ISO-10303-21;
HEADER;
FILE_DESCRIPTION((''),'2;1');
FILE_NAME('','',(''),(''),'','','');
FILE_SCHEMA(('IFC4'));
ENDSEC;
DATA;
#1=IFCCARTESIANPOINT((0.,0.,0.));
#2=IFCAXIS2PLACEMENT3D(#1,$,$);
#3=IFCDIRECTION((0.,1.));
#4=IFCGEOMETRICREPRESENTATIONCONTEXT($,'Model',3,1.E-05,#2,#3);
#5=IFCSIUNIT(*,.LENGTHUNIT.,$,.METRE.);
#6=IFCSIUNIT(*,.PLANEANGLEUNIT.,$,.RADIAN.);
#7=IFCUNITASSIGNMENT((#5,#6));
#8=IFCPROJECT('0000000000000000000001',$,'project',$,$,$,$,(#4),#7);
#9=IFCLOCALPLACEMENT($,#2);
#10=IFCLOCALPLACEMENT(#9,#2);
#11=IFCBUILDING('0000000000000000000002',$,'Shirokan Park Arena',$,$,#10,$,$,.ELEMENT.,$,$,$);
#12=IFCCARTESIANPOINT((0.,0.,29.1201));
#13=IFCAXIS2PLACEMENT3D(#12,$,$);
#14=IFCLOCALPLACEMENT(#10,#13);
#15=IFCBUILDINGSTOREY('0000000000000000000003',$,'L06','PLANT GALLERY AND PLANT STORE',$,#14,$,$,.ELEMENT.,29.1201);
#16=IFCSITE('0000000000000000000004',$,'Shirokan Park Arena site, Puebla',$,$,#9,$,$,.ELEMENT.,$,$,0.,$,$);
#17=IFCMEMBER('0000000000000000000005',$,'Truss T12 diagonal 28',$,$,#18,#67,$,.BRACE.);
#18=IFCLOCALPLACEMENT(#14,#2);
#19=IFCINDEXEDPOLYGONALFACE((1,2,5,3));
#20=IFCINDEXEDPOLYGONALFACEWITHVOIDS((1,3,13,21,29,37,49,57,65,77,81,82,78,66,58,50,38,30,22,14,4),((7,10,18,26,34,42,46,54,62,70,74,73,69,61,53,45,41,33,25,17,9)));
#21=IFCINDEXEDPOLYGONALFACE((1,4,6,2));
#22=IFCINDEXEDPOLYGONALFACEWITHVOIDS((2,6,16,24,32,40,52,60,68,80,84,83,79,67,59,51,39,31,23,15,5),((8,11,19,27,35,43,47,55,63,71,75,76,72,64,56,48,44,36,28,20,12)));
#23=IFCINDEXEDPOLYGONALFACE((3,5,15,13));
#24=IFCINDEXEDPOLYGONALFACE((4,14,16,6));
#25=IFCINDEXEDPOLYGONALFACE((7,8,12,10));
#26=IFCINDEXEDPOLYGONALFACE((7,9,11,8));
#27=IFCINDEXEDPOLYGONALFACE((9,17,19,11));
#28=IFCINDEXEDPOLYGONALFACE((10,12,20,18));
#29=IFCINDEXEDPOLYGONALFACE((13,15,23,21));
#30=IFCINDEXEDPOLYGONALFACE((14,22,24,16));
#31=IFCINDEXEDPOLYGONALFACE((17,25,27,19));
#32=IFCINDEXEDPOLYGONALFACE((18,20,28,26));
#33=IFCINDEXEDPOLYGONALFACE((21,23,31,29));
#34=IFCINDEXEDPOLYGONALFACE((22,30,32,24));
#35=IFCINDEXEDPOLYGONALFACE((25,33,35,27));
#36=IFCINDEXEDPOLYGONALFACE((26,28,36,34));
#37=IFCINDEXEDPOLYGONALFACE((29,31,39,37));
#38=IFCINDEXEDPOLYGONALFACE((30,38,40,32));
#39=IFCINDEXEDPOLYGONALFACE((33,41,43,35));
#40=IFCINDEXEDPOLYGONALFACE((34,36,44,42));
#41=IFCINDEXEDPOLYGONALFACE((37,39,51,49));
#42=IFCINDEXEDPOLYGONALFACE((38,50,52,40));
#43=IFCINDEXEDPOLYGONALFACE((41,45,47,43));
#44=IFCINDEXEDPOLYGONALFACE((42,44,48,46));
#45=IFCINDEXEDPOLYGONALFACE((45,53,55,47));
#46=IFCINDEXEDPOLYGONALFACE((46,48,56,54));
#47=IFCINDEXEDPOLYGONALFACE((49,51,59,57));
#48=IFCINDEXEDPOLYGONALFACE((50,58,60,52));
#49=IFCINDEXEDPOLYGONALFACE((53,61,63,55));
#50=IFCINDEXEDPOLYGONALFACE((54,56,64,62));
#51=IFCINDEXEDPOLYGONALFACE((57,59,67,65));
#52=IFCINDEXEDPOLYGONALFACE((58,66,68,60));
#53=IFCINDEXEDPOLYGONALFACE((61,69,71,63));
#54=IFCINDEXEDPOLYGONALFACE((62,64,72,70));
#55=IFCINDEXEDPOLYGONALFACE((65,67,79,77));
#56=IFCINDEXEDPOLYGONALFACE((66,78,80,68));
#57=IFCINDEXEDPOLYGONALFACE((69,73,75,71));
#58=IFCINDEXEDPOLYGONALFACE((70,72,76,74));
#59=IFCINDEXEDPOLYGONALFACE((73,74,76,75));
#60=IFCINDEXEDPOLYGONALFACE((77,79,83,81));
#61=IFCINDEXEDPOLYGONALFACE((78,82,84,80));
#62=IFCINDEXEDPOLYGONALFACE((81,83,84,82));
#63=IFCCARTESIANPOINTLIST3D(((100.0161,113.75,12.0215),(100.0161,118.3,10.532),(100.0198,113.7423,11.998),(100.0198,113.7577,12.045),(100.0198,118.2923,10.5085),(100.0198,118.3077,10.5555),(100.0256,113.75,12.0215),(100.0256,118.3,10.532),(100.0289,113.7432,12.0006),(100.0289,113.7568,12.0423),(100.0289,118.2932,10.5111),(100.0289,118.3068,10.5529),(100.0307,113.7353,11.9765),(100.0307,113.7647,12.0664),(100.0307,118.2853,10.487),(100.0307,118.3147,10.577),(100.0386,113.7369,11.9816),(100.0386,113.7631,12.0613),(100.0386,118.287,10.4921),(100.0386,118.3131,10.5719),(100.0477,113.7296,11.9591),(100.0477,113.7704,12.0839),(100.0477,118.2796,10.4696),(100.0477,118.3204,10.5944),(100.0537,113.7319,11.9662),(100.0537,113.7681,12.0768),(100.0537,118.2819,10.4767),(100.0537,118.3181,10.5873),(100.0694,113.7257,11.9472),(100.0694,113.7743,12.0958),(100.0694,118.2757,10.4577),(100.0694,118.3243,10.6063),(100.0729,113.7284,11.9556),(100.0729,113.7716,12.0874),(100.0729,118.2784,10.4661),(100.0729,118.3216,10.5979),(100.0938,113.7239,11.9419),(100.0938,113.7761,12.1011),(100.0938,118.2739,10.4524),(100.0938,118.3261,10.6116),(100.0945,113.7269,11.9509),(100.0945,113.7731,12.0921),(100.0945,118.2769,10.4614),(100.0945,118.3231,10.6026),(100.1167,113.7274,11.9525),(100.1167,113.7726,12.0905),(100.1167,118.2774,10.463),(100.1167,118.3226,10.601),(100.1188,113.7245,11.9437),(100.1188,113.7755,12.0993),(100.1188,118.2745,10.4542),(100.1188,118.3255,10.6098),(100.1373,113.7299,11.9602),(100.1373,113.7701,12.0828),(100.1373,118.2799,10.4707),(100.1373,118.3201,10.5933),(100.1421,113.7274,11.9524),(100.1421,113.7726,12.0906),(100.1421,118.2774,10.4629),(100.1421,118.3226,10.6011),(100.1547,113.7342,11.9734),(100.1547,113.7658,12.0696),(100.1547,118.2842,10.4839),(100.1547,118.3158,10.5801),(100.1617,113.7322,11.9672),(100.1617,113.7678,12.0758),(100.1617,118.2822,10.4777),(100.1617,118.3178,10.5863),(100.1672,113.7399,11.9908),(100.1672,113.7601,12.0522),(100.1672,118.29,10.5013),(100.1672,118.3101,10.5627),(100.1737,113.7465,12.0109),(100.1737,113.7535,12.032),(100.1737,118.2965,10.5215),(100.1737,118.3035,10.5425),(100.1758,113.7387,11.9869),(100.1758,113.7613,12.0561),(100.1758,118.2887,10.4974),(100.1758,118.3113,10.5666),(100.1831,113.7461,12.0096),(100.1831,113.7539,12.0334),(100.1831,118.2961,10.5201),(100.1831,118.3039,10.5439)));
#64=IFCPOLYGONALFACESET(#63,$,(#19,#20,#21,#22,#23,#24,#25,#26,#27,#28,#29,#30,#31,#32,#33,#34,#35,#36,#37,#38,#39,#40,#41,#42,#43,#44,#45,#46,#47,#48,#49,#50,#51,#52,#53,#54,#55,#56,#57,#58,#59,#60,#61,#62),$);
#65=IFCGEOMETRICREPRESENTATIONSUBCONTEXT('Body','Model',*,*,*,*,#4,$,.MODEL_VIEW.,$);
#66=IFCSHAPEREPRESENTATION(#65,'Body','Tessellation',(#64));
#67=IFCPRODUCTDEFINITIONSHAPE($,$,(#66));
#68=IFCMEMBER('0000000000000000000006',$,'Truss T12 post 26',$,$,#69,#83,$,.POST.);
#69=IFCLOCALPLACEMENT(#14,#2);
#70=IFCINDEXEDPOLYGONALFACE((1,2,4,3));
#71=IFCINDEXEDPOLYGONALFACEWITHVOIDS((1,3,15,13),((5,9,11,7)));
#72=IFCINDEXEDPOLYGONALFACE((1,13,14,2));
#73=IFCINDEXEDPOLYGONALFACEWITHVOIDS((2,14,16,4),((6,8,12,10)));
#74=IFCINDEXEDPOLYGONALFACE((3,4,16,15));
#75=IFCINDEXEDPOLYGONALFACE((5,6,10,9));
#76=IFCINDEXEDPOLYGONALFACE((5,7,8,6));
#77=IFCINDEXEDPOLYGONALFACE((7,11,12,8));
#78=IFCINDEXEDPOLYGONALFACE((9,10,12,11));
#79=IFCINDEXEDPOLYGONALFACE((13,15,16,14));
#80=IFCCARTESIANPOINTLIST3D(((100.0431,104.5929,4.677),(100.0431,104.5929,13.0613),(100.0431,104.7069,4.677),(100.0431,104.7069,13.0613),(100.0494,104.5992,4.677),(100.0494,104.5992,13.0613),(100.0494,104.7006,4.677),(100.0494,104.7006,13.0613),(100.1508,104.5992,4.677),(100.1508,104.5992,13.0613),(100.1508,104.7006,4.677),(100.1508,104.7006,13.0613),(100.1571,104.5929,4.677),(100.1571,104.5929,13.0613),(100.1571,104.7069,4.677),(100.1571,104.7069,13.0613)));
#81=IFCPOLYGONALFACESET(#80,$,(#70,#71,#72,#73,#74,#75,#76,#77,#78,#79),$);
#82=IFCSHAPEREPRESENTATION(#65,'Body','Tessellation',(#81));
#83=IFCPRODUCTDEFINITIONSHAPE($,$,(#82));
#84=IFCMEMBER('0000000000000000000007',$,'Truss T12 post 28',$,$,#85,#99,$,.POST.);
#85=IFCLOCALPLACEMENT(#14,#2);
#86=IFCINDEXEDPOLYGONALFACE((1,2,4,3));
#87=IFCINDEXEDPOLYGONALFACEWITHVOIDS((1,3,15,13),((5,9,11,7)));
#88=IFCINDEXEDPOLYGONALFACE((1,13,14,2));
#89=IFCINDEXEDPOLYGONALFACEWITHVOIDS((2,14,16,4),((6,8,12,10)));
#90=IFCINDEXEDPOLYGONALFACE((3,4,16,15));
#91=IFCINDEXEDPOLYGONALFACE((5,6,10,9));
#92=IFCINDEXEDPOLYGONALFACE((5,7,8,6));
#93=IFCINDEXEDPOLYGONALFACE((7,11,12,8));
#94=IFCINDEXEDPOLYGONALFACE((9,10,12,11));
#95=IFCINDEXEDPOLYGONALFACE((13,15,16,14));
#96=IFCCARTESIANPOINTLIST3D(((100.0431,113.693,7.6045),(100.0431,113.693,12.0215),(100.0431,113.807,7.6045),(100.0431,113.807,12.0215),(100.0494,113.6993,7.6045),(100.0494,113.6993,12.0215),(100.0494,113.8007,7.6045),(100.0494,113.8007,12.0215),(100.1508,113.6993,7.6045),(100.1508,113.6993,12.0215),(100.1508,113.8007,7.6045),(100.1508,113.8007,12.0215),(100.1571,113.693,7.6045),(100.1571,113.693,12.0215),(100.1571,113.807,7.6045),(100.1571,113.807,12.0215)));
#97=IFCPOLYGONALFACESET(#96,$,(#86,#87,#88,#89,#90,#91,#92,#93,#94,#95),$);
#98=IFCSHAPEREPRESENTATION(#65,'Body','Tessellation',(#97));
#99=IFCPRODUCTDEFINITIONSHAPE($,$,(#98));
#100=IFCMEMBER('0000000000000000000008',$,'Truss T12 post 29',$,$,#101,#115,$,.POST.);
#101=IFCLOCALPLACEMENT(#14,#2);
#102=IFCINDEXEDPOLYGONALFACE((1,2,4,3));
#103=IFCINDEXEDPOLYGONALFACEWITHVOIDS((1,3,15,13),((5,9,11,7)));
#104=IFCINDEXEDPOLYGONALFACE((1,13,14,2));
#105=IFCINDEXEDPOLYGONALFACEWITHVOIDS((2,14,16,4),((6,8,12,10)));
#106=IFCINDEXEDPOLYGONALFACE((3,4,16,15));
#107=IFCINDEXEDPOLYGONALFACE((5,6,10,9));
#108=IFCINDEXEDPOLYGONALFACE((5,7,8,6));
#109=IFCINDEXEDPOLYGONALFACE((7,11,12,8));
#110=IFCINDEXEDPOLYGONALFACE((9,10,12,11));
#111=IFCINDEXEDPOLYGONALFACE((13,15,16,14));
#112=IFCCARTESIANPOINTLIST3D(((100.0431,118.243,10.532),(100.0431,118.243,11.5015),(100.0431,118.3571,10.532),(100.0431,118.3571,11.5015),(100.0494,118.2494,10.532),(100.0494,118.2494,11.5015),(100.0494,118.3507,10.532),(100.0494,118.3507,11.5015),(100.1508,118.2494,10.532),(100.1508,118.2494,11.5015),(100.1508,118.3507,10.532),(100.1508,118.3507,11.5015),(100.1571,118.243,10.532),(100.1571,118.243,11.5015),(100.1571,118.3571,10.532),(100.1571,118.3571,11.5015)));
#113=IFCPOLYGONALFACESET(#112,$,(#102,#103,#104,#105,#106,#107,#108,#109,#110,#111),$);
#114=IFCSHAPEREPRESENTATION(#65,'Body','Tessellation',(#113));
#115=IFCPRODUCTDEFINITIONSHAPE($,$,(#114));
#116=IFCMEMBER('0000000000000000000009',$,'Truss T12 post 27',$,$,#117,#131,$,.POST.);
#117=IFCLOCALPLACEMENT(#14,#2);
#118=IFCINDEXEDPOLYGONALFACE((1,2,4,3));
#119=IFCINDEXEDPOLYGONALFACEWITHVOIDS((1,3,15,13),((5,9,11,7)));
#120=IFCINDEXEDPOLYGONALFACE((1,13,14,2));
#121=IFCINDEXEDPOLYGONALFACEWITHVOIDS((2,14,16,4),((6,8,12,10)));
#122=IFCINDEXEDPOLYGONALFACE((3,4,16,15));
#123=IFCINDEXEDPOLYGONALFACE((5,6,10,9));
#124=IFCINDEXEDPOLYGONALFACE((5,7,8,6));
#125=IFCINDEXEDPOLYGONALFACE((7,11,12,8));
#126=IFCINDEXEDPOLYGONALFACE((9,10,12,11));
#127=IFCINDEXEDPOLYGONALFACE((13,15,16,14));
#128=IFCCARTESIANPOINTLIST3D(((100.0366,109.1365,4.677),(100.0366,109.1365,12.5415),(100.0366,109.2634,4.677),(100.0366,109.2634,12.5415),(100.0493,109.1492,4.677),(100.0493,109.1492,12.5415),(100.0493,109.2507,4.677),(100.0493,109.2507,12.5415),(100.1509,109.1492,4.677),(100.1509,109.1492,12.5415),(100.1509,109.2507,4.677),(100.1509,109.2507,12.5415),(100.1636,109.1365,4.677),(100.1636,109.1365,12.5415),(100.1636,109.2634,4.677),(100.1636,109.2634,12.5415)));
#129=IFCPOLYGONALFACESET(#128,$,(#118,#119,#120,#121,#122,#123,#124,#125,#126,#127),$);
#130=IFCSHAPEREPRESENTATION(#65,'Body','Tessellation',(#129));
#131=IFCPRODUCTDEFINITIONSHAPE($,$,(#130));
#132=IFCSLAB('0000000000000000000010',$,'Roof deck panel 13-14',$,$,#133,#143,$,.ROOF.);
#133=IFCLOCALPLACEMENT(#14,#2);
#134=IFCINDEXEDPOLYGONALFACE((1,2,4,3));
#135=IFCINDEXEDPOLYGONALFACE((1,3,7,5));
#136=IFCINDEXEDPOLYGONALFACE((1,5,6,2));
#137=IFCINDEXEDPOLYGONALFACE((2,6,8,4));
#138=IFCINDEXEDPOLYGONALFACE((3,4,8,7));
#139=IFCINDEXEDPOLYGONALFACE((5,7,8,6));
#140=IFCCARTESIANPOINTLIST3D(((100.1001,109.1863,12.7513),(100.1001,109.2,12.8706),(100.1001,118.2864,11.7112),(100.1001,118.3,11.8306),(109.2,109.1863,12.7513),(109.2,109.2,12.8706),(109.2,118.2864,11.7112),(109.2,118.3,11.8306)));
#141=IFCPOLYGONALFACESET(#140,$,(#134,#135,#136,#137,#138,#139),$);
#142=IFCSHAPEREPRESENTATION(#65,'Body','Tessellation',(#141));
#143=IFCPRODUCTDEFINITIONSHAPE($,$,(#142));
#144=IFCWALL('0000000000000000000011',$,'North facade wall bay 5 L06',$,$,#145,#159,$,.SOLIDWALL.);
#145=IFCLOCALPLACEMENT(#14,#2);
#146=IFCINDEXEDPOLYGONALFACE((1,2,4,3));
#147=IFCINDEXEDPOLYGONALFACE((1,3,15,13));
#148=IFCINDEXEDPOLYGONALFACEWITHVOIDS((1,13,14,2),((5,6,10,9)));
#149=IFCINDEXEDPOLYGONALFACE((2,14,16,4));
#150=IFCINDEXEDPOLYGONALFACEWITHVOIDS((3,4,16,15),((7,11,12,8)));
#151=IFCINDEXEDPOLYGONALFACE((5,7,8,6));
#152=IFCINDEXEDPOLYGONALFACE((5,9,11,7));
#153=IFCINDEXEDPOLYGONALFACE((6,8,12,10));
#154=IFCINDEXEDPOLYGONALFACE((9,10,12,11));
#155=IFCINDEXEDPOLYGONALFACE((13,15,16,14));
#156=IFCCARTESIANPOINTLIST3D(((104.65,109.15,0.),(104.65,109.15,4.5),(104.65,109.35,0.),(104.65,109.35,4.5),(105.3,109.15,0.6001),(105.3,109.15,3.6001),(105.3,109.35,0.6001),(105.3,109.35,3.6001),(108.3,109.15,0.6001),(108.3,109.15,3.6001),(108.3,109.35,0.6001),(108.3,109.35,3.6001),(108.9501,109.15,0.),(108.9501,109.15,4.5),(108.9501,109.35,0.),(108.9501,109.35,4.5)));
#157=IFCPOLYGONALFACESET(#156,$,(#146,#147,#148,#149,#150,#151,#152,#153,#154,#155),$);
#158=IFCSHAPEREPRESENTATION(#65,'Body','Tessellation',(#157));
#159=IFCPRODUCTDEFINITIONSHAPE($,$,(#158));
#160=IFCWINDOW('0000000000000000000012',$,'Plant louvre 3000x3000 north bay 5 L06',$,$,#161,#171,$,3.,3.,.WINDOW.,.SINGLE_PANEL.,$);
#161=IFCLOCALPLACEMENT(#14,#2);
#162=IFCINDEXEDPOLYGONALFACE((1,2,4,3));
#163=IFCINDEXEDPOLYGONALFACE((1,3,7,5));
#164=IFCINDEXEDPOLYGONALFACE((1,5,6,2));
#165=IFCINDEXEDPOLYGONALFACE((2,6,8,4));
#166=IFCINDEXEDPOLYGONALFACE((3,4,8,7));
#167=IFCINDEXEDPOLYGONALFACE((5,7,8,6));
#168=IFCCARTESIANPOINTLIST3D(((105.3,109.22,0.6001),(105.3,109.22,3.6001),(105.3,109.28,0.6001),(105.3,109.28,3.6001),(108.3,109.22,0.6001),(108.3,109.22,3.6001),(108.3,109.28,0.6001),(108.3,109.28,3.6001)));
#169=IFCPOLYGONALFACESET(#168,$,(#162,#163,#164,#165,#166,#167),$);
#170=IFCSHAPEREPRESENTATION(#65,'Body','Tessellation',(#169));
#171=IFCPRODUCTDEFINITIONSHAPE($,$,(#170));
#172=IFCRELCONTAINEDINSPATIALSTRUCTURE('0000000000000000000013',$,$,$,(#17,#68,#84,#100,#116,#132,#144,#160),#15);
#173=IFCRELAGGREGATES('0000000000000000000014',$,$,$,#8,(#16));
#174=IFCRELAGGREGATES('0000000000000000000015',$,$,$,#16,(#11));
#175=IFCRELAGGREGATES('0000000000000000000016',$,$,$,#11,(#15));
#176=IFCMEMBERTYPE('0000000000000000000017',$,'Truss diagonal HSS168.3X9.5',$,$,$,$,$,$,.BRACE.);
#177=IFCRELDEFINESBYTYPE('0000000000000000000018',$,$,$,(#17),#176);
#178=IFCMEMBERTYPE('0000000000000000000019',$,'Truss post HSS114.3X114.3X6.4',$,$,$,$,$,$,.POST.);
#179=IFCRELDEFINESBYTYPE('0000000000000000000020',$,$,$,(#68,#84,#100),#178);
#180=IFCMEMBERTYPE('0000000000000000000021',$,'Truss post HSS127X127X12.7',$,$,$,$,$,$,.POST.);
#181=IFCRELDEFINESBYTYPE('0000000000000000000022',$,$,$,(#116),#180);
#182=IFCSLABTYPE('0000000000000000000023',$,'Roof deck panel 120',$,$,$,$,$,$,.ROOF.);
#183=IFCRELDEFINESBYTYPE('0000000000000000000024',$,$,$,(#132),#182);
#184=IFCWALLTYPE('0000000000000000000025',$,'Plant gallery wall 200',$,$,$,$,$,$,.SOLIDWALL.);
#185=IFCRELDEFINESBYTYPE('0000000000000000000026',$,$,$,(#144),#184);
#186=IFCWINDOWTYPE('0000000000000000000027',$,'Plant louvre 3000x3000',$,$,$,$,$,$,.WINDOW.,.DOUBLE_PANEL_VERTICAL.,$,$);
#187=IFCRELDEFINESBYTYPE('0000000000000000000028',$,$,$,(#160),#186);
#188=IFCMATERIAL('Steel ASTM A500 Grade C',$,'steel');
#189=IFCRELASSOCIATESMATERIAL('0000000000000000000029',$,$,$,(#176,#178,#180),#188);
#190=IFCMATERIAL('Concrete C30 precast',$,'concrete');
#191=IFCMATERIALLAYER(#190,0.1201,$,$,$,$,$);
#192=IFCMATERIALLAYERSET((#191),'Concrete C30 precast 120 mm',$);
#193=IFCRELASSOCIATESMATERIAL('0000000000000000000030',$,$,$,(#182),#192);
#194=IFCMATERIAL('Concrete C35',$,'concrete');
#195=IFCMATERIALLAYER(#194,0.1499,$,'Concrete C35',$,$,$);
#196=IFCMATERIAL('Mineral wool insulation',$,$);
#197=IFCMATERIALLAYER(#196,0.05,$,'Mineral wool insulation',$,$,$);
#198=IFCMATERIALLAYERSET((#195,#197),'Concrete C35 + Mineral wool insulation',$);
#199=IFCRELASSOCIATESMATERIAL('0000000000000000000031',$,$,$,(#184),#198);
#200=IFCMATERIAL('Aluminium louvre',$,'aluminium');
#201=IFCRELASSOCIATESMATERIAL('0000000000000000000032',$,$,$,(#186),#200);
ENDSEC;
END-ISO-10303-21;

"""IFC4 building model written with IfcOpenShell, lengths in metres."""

from ifc_helpers import new_model, si_unit, direction, frame, frame_2d, origin, origin_2d, place, context, subcontext, project, spatial, polyline, rectangle, hollow_rectangle, hollow_circle, outline, extrude, material, layer, layer_set, material_profile, profile_set, type_object, element, fill, save


model = new_model("IFC4")

# Units and contexts
model_context = context("Model", 3, precision=1e-05, world=origin(), true_north=direction((0.0, 1.0)))
body_context = subcontext(model_context, "Body", "Model", "MODEL_VIEW")
ifc_project = project(units=[si_unit("LENGTHUNIT", "METRE"), si_unit("PLANEANGLEUNIT", "RADIAN")], contexts=[model_context])

# Site, building, storey
site_placement = place(None, origin())
site = spatial("IfcSite", under=ifc_project, at=site_placement, Name="Shirokan Park Arena site, Puebla", CompositionType="ELEMENT", RefElevation=0.0)
building_placement = place(site_placement, origin())
building = spatial("IfcBuilding", under=site, at=building_placement, Name="Shirokan Park Arena", CompositionType="ELEMENT")
storey_placement = place(building_placement, frame((0.0, 0.0, 29.1201)))
storey = spatial("IfcBuildingStorey", under=building, at=storey_placement, Name="L06", Description="PLANT GALLERY AND PLANT STORE", CompositionType="ELEMENT", Elevation=29.1201)

# Shared definitions
ifc_material_1 = material(Name="Concrete C35", Category="concrete")

# Shared definitions
ifc_material_2 = material(Name="Steel ASTM A500 Grade C", Category="steel")

# Members
ifc_material_profile_1 = material_profile(ifc_material_2, hollow_circle(Radius=0.084, WallThickness=0.0095, at=origin_2d()), Name="HSS168.3X9.5")
ifc_profile_set_1 = profile_set([ifc_material_profile_1], Name="Steel ASTM A500 Grade C")
member_type_1 = type_object("IfcMemberType", Name="Truss diagonal HSS168.3X9.5", PredefinedType="BRACE", material=ifc_profile_set_1)
member_1_placement = place(storey_placement, frame((100.1001, 113.75, 12.0215), z_axis=(0.0, 0.950373, -0.311114), x_axis=(-1.0, 0.0, 0.0)))
element("IfcMember", 1, at=member_1_placement, inside=storey, type_object=member_type_1, Name="Truss T12 diagonal 28", PredefinedType="BRACE", context=body_context, shape_type="SweptSolid", body=[
    extrude(hollow_circle(Radius=0.084, WallThickness=0.0095, at=origin_2d()), origin(), (0.0, 0.0, 1.0), 4.7876),
])
ifc_material_profile_2 = material_profile(ifc_material_2, hollow_rectangle(XDim=0.114, YDim=0.114, WallThickness=0.0063, at=origin_2d()), Name="HSS114.3X114.3X6.4")
ifc_profile_set_2 = profile_set([ifc_material_profile_2], Name="Steel ASTM A500 Grade C")
member_type_2 = type_object("IfcMemberType", Name="Truss post HSS114.3X114.3X6.4", PredefinedType="POST", material=ifc_profile_set_2)
member_2_placement = place(storey_placement, frame((100.1001, 104.6499, 4.677), z_axis=(0.0, 0.0, 1.0), x_axis=(1.0, 0.0, 0.0)))
element("IfcMember", 2, at=member_2_placement, inside=storey, type_object=member_type_2, Name="Truss T12 post 26", PredefinedType="POST", context=body_context, shape_type="SweptSolid", body=[
    extrude(hollow_rectangle(XDim=0.114, YDim=0.114, WallThickness=0.0063, at=origin_2d()), origin(), (0.0, 0.0, 1.0), 8.3843),
])
member_3_placement = place(storey_placement, frame((100.1001, 113.75, 7.6045), z_axis=(0.0, 0.0, 1.0), x_axis=(1.0, 0.0, 0.0)))
element("IfcMember", 3, at=member_3_placement, inside=storey, type_object=member_type_2, Name="Truss T12 post 28", PredefinedType="POST", context=body_context, shape_type="SweptSolid", body=[
    extrude(hollow_rectangle(XDim=0.114, YDim=0.114, WallThickness=0.0063, at=origin_2d()), origin(), (0.0, 0.0, 1.0), 4.417),
])
member_4_placement = place(storey_placement, frame((100.1001, 118.3, 10.532), z_axis=(0.0, 0.0, 1.0), x_axis=(1.0, 0.0, 0.0)))
element("IfcMember", 4, at=member_4_placement, inside=storey, type_object=member_type_2, Name="Truss T12 post 29", PredefinedType="POST", context=body_context, shape_type="SweptSolid", body=[
    extrude(hollow_rectangle(XDim=0.114, YDim=0.114, WallThickness=0.0063, at=origin_2d()), origin(), (0.0, 0.0, 1.0), 0.9695),
])
ifc_material_profile_3 = material_profile(ifc_material_2, hollow_rectangle(XDim=0.127, YDim=0.127, WallThickness=0.0127, at=origin_2d()), Name="HSS127X127X12.7")
ifc_profile_set_3 = profile_set([ifc_material_profile_3], Name="Steel ASTM A500 Grade C")
member_type_3 = type_object("IfcMemberType", Name="Truss post HSS127X127X12.7", PredefinedType="POST", material=ifc_profile_set_3)
member_5_placement = place(storey_placement, frame((100.1001, 109.2, 4.677), z_axis=(0.0, 0.0, 1.0), x_axis=(1.0, 0.0, 0.0)))
element("IfcMember", 5, at=member_5_placement, inside=storey, type_object=member_type_3, Name="Truss T12 post 27", PredefinedType="POST", context=body_context, shape_type="SweptSolid", body=[
    extrude(hollow_rectangle(XDim=0.127, YDim=0.127, WallThickness=0.0127, at=origin_2d()), origin(), (0.0, 0.0, 1.0), 7.8645),
])

# Slab
ifc_material_3 = material(Name="Concrete C30 precast", Category="concrete")
ifc_layer_1 = layer(ifc_material_3, 0.1201)
ifc_layer_set_1 = layer_set([ifc_layer_1], Name="Concrete C30 precast 120 mm")
slab_type = type_object("IfcSlabType", Name="Roof deck panel 120", PredefinedType="ROOF", material=ifc_layer_set_1)
slab_placement = place(storey_placement, frame((100.1001, 109.2, 12.8706), z_axis=(0.0, 0.11355, 0.993532), x_axis=(1.0, 0.0, 0.0)))
element("IfcSlab", 6, at=slab_placement, inside=storey, type_object=slab_type, Name="Roof deck panel 13-14", PredefinedType="ROOF", context=body_context, shape_type="SweptSolid", body=[
    extrude(outline(polyline([(0.0, 0.0), (9.0999, 0.0), (9.0999, 9.1593), (0.0, 9.1593), (0.0, 0.0)])), origin(), (0.0, 0.0, -1.0), 0.1201),
])

# Wall, opening, window
ifc_layer_2 = layer(ifc_material_1, 0.1499, Name="Concrete C35")
ifc_material_4 = material(Name="Mineral wool insulation")
ifc_layer_3 = layer(ifc_material_4, 0.05, Name="Mineral wool insulation")
ifc_layer_set_2 = layer_set([ifc_layer_2, ifc_layer_3], Name="Concrete C35 + Mineral wool insulation")
wall_type_1 = type_object("IfcWallType", Name="Plant gallery wall 200", PredefinedType="SOLIDWALL", material=ifc_layer_set_2)
wall_1_placement = place(storey_placement, frame((108.95, 109.25, 0.0), z_axis=(0.0, 0.0, 1.0), x_axis=(-1.0, 0.0, 0.0)))
wall_1 = element("IfcWall", 7, at=wall_1_placement, inside=storey, type_object=wall_type_1, Name="North facade wall bay 5 L06", PredefinedType="SOLIDWALL", context=body_context, shape_type="SweptSolid", body=[
    extrude(rectangle(XDim=4.3, YDim=0.2, at=frame_2d((2.1499, 0.0))), origin(), (0.0, 0.0, 1.0), 4.5),
])
opening_placement = place(wall_1_placement, frame((0.6499, 0.0, 0.6001)))
opening = element("IfcOpeningElement", 8, at=opening_placement, cuts=wall_1, PredefinedType="OPENING", context=body_context, shape_type="SweptSolid", body=[
    extrude(rectangle(XDim=3.0, YDim=3.0, at=frame_2d((1.5, 1.5))), frame((0.0, 0.1099, 0.0), z_axis=(0.0, -1.0, 0.0), x_axis=(1.0, 0.0, 0.0)), (0.0, 0.0, 1.0), 0.22),
])
ifc_material_5 = material(Name="Aluminium louvre", Category="aluminium")
window_type = type_object("IfcWindowType", Name="Plant louvre 3000x3000", PartitioningType="DOUBLE_PANEL_VERTICAL", PredefinedType="WINDOW", material=ifc_material_5)
window_placement = place(opening_placement, origin())
window = element("IfcWindow", 9, at=window_placement, inside=storey, type_object=window_type, Name="Plant louvre 3000x3000 north bay 5 L06", OverallHeight=3.0, OverallWidth=3.0, PartitioningType="SINGLE_PANEL", PredefinedType="WINDOW", context=body_context, shape_type="SweptSolid", body=[
    extrude(rectangle(XDim=3.0, YDim=3.0, at=frame_2d((1.5, 1.5))), frame((0.0, 0.03, 0.0), z_axis=(0.0, -1.0, 0.0), x_axis=(1.0, 0.0, 0.0)), (0.0, 0.0, 1.0), 0.0601),
])
fill(opening, window)

save(model, "model.ifc")
